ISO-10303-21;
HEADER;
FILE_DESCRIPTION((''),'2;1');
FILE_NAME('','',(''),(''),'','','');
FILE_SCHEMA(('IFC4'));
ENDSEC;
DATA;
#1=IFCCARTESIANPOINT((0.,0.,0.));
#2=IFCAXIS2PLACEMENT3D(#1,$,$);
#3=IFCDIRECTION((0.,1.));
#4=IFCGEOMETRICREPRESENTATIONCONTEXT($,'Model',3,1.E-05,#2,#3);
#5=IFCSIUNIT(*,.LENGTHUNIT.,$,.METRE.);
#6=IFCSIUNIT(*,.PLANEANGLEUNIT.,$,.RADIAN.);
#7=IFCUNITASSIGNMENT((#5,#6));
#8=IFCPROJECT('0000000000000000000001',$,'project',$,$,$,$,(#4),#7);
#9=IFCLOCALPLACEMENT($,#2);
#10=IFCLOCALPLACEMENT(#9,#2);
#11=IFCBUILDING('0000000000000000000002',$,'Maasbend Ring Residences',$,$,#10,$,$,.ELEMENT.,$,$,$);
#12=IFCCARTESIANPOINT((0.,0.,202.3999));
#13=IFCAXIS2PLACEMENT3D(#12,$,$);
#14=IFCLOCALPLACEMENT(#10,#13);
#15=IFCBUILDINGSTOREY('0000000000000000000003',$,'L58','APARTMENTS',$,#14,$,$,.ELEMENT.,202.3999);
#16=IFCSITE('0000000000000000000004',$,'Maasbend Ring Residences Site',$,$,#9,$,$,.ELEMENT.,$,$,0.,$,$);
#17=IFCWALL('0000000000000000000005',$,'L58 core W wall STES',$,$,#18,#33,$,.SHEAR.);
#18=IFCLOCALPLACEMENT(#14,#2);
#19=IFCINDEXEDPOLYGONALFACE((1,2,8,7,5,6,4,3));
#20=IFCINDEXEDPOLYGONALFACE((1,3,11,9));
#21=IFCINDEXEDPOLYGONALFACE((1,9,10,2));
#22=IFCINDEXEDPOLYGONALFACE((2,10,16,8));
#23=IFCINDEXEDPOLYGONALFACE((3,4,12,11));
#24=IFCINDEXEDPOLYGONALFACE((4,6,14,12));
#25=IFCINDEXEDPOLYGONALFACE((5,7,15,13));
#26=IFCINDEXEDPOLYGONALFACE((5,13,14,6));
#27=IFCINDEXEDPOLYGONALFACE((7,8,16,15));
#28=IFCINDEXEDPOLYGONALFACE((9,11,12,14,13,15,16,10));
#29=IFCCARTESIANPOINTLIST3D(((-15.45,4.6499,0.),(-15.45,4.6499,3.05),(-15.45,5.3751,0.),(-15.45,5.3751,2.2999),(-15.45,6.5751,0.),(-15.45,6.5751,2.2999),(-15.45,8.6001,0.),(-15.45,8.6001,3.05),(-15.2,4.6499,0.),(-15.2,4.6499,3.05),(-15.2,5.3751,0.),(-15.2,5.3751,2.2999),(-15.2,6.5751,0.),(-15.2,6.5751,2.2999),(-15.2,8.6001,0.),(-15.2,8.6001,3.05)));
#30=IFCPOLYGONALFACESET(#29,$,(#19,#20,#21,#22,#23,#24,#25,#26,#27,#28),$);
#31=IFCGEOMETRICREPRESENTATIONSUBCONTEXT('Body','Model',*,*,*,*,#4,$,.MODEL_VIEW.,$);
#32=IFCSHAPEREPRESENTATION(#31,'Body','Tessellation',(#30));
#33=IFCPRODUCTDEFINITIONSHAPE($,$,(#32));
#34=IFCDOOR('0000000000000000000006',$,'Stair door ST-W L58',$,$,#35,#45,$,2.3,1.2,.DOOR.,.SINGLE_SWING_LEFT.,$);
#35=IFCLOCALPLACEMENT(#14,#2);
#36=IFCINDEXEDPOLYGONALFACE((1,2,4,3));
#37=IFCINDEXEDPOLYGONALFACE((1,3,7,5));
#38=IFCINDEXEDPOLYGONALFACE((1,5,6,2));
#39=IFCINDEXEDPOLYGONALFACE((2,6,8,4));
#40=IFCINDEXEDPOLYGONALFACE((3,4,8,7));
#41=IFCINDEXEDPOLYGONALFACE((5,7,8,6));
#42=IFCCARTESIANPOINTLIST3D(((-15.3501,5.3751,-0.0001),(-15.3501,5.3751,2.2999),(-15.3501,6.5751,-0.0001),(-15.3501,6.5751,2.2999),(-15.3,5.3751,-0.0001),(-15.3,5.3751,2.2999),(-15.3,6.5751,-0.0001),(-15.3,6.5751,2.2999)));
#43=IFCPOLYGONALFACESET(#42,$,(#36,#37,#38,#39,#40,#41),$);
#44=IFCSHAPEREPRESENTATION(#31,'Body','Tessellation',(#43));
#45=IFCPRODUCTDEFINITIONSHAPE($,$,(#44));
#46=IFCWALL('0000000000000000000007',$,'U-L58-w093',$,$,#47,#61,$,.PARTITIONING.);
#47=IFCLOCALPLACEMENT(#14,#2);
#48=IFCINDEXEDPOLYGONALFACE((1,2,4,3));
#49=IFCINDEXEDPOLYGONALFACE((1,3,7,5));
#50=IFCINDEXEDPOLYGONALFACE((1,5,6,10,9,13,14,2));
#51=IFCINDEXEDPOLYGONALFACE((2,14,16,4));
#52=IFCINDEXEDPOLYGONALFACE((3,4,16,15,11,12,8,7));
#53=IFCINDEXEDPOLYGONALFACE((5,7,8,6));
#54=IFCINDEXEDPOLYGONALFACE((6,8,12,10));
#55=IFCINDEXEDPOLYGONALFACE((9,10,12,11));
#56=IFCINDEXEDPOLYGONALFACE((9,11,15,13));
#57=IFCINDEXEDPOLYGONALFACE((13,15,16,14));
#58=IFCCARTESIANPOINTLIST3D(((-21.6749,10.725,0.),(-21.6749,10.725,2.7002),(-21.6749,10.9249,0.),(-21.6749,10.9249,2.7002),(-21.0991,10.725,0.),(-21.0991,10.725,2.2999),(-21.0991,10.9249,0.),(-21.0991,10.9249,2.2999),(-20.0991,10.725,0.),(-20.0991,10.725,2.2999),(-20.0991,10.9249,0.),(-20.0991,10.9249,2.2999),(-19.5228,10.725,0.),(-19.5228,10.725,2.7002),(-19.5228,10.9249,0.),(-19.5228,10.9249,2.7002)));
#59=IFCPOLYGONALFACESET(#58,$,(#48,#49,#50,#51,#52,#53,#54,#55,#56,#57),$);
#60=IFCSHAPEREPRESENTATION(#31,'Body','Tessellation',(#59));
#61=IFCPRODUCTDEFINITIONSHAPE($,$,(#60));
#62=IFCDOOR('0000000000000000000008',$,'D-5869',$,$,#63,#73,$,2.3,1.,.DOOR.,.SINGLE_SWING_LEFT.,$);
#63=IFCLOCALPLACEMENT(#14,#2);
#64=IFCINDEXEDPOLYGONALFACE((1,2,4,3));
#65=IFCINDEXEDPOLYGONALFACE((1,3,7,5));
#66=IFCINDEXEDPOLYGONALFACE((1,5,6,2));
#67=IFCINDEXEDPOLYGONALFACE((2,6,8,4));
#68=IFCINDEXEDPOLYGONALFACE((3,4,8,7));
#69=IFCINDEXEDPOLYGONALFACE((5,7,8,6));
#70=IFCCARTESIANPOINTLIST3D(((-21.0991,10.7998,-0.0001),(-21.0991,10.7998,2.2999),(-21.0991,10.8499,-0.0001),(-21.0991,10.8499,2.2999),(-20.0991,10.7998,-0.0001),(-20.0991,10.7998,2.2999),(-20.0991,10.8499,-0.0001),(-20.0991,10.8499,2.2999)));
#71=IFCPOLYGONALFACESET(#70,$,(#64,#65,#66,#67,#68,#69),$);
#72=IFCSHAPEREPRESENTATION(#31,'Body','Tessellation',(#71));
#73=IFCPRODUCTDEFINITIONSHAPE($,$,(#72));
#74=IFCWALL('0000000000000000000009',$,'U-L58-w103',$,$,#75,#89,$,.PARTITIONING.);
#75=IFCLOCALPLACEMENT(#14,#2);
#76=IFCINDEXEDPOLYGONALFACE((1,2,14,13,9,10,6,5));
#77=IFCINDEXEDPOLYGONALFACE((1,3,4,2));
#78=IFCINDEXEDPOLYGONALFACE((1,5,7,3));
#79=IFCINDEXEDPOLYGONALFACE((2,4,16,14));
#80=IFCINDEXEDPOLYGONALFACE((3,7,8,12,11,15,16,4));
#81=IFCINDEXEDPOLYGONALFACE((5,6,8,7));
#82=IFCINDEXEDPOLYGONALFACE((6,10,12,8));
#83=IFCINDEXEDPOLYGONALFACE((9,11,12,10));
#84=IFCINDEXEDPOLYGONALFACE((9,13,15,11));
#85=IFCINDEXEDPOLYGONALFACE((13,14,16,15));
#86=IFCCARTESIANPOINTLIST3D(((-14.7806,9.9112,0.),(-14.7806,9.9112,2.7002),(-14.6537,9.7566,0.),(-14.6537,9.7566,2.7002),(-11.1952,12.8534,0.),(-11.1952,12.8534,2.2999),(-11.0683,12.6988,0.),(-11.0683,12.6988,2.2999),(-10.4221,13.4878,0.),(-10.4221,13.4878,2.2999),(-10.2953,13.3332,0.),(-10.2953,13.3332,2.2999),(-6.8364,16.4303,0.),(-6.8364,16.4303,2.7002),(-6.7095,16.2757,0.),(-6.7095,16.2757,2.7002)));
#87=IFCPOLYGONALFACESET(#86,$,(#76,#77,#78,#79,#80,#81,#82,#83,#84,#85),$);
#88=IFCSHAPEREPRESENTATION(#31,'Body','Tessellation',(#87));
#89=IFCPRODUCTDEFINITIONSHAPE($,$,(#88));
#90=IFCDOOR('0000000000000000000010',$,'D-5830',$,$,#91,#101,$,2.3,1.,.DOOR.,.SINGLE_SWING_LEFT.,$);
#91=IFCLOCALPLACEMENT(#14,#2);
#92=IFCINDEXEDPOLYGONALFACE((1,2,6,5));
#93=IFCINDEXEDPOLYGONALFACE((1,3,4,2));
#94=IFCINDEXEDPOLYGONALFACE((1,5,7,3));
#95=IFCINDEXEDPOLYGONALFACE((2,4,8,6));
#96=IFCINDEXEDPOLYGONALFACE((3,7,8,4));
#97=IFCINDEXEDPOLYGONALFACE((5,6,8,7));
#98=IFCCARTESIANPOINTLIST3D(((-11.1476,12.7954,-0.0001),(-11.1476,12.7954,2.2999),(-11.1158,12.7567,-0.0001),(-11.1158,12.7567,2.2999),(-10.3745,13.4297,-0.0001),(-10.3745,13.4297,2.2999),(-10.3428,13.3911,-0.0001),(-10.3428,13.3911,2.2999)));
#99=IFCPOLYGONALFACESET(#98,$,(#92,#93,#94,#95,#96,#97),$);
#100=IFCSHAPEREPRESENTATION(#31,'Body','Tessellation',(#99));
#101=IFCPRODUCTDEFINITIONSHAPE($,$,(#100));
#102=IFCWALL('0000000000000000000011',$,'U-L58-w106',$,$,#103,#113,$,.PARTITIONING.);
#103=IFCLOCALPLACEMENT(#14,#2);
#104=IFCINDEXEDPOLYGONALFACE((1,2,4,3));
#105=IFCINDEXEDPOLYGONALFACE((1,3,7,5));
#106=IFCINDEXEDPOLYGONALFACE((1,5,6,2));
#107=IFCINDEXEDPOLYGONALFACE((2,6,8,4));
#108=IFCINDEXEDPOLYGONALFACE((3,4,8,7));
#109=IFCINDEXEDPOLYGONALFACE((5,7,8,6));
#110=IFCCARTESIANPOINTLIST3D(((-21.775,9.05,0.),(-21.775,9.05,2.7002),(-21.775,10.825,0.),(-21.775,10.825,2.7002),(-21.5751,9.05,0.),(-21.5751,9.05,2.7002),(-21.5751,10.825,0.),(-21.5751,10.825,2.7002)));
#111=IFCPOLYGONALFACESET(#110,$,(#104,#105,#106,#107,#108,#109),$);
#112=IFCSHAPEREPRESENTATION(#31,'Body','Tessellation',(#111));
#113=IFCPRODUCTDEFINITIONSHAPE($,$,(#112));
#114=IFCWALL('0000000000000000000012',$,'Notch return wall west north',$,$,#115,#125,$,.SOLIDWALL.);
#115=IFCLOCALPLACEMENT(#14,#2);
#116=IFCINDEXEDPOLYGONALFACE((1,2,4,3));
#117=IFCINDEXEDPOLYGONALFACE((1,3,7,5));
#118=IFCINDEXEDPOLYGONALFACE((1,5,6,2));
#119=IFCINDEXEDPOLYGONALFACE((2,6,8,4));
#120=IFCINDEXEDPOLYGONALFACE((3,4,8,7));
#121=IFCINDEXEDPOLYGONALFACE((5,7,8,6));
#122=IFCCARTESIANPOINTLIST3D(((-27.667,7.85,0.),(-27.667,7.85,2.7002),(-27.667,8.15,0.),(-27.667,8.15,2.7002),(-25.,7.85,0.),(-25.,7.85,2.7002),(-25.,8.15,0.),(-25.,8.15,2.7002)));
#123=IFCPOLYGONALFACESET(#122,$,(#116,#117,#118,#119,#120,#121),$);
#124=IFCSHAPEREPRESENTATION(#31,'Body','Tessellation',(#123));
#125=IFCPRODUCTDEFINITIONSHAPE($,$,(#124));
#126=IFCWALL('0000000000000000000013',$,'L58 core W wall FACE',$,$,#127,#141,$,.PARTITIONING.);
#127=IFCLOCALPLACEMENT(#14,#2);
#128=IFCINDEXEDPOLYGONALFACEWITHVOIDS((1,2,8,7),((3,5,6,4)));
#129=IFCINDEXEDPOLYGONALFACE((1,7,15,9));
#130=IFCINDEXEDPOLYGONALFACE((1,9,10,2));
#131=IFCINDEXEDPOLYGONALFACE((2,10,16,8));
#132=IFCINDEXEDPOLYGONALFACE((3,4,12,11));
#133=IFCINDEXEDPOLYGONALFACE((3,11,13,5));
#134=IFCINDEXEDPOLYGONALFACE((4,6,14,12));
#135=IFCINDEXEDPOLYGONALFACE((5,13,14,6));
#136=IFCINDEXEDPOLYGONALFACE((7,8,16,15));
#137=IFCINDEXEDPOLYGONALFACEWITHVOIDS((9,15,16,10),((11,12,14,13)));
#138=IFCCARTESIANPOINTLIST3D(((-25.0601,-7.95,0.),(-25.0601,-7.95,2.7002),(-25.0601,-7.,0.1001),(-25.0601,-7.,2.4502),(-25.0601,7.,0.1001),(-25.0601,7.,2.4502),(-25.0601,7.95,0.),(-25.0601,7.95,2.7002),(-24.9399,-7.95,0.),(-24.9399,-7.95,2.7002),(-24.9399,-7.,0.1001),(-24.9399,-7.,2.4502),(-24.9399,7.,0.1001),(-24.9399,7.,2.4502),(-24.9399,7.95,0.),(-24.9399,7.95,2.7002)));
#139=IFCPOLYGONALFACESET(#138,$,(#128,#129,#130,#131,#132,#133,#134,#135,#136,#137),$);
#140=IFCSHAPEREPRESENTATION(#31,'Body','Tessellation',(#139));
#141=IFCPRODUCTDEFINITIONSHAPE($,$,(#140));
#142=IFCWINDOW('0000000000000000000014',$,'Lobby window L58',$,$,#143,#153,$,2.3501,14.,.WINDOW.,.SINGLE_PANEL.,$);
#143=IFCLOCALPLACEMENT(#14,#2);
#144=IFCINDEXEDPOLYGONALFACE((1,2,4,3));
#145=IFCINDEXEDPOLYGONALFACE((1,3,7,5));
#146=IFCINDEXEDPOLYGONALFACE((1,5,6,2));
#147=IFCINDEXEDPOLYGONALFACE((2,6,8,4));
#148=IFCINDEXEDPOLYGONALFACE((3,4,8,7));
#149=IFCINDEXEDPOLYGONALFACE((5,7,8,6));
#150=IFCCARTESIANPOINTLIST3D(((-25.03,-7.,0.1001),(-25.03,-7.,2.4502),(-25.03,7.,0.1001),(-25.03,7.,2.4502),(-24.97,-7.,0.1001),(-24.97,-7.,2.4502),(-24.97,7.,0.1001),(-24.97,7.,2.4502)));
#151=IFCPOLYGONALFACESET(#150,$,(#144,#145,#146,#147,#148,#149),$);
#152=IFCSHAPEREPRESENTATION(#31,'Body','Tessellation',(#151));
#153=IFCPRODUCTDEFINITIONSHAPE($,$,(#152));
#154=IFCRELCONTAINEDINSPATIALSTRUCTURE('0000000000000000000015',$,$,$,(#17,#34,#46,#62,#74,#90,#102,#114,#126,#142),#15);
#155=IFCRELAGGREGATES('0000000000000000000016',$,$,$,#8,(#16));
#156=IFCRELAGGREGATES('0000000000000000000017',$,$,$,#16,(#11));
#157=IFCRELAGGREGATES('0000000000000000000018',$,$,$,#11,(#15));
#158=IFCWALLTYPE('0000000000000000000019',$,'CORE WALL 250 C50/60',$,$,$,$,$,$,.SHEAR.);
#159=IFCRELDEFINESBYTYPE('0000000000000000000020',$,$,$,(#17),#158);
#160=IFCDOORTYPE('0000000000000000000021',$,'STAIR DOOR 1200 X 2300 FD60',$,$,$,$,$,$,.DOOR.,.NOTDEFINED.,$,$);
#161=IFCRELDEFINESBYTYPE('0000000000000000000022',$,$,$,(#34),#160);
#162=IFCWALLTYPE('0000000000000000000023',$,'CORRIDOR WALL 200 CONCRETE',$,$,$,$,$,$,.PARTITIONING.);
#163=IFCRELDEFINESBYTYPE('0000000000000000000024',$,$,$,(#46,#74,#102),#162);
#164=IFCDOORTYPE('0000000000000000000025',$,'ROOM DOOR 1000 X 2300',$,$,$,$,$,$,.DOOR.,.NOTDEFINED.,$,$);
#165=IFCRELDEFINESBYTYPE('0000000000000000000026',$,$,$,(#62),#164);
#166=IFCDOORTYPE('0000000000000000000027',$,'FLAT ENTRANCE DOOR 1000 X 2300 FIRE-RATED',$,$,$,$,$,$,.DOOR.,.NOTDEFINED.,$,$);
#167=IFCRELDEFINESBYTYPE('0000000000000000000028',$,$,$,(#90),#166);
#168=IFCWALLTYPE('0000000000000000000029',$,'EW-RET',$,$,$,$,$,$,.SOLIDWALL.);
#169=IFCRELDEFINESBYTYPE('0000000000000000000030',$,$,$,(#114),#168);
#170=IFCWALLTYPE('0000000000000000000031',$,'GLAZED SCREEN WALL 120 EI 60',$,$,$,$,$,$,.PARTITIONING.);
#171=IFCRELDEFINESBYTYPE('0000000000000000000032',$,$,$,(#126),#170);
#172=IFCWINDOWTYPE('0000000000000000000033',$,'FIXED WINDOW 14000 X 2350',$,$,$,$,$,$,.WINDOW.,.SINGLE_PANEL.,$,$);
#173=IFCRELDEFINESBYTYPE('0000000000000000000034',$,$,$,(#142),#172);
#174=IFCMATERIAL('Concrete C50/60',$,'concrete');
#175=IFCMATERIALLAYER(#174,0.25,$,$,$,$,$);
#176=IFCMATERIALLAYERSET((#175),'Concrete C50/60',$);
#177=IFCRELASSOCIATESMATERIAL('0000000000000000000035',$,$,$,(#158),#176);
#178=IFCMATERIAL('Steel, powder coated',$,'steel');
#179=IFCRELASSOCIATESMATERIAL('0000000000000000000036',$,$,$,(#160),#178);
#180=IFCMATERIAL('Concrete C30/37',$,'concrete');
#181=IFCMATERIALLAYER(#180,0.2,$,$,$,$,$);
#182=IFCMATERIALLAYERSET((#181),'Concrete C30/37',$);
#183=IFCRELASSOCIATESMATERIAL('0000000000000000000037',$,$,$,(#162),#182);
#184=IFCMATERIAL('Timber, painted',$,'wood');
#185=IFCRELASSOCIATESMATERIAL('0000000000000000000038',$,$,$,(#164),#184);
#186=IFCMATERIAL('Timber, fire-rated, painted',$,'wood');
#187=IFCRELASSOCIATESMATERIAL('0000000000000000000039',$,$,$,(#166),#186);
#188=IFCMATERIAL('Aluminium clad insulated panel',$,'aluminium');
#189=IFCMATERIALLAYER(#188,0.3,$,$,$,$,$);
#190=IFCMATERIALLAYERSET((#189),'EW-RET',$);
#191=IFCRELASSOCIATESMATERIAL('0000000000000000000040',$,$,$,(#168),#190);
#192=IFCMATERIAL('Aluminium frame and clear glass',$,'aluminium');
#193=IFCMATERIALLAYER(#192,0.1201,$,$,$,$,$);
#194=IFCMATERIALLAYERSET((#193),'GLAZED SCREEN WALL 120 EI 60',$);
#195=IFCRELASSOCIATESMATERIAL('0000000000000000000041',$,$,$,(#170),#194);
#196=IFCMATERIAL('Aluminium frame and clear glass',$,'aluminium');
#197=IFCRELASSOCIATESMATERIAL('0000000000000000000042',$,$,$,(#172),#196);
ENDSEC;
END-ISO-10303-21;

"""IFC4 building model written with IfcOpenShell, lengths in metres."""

from ifc_helpers import new_model, si_unit, direction, frame, frame_2d, origin, place, context, subcontext, project, spatial, rectangle, extrude, material, layer, layer_set, type_object, element, fill, save


model = new_model("IFC4")

# Units and contexts
model_context = context("Model", 3, precision=1e-05, world=origin(), true_north=direction((0.0, 1.0)))
body_context = subcontext(model_context, "Body", "Model", "MODEL_VIEW")
ifc_project = project(units=[si_unit("LENGTHUNIT", "METRE"), si_unit("PLANEANGLEUNIT", "RADIAN")], contexts=[model_context])

# Site, building, storey
site_placement = place(None, origin())
site = spatial("IfcSite", under=ifc_project, at=site_placement, Name="Maasbend Ring Residences Site", CompositionType="ELEMENT", RefElevation=0.0)
building_placement = place(site_placement, origin())
building = spatial("IfcBuilding", under=site, at=building_placement, Name="Maasbend Ring Residences", CompositionType="ELEMENT")
storey_placement = place(building_placement, frame((0.0, 0.0, 202.3999)))
storey = spatial("IfcBuildingStorey", under=building, at=storey_placement, Name="L58", Description="APARTMENTS", CompositionType="ELEMENT", Elevation=202.3999)

# Walls, openings, doors
ifc_material_1 = material(Name="Concrete C50/60", Category="concrete")
ifc_layer_1 = layer(ifc_material_1, 0.25)
ifc_layer_set_1 = layer_set([ifc_layer_1], Name="Concrete C50/60")
wall_type_1 = type_object("IfcWallType", Name="CORE WALL 250 C50/60", PredefinedType="SHEAR", material=ifc_layer_set_1)
wall_1_placement = place(storey_placement, frame((-15.325, 8.6001, 0.0), z_axis=(0.0, 0.0, 1.0), x_axis=(0.0, -1.0, 0.0)))
wall_1 = element("IfcWall", 1, at=wall_1_placement, inside=storey, type_object=wall_type_1, Name="L58 core W wall STES", PredefinedType="SHEAR", context=body_context, shape_type="SweptSolid", body=[
    extrude(rectangle(XDim=3.9502, YDim=0.25, at=frame_2d((1.9751, 0.0))), origin(), (0.0, 0.0, 1.0), 3.05),
])
opening_1_placement = place(wall_1_placement, frame((2.0249, 0.0, 0.0)))
opening_1 = element("IfcOpeningElement", 2, at=opening_1_placement, cuts=wall_1, PredefinedType="OPENING", context=body_context, shape_type="SweptSolid", body=[
    extrude(rectangle(XDim=1.2, YDim=2.3, at=frame_2d((0.6001, 1.1499))), frame((0.0, 0.135, 0.0), z_axis=(0.0, -1.0, 0.0), x_axis=(1.0, 0.0, 0.0)), (0.0, 0.0, 1.0), 0.27),
])
ifc_material_2 = material(Name="Steel, powder coated", Category="steel")
door_type_1 = type_object("IfcDoorType", Name="STAIR DOOR 1200 X 2300 FD60", OperationType="NOTDEFINED", PredefinedType="DOOR", material=ifc_material_2)
door_1_placement = place(opening_1_placement, origin())
door_1 = element("IfcDoor", 3, at=door_1_placement, inside=storey, type_object=door_type_1, Name="Stair door ST-W L58", OperationType="SINGLE_SWING_LEFT", OverallHeight=2.3, OverallWidth=1.2, PredefinedType="DOOR", context=body_context, shape_type="SweptSolid", body=[
    extrude(rectangle(XDim=1.2, YDim=2.3, at=frame_2d((0.6001, 1.1499))), frame((0.0, 0.0249, 0.0), z_axis=(0.0, -1.0, 0.0), x_axis=(1.0, 0.0, 0.0)), (0.0, 0.0, 1.0), 0.05),
])
fill(opening_1, door_1)
ifc_material_3 = material(Name="Concrete C30/37", Category="concrete")
ifc_layer_2 = layer(ifc_material_3, 0.2)
ifc_layer_set_2 = layer_set([ifc_layer_2], Name="Concrete C30/37")
wall_type_2 = type_object("IfcWallType", Name="CORRIDOR WALL 200 CONCRETE", PredefinedType="PARTITIONING", material=ifc_layer_set_2)
wall_2_placement = place(storey_placement, frame((-21.675, 10.825, 0.0), z_axis=(0.0, 0.0, 1.0), x_axis=(1.0, 0.0, 0.0)))
wall_2 = element("IfcWall", 4, at=wall_2_placement, inside=storey, type_object=wall_type_2, Name="U-L58-w093", PredefinedType="PARTITIONING", context=body_context, shape_type="SweptSolid", body=[
    extrude(rectangle(XDim=2.1521, YDim=0.2, at=frame_2d((1.0762, 0.0))), origin(), (0.0, 0.0, 1.0), 2.7002),
])
opening_2_placement = place(wall_2_placement, frame((0.5759, 0.0, 0.0)))
opening_2 = element("IfcOpeningElement", 5, at=opening_2_placement, cuts=wall_2, PredefinedType="OPENING", context=body_context, shape_type="SweptSolid", body=[
    extrude(rectangle(XDim=1.0, YDim=2.3, at=frame_2d((0.5, 1.1499))), frame((0.0, 0.1099, 0.0), z_axis=(0.0, -1.0, 0.0), x_axis=(1.0, 0.0, 0.0)), (0.0, 0.0, 1.0), 0.22),
])
ifc_material_4 = material(Name="Timber, painted", Category="wood")
door_type_2 = type_object("IfcDoorType", Name="ROOM DOOR 1000 X 2300", OperationType="NOTDEFINED", PredefinedType="DOOR", material=ifc_material_4)
door_2_placement = place(opening_2_placement, origin())
door_2 = element("IfcDoor", 6, at=door_2_placement, inside=storey, type_object=door_type_2, Name="D-5869", OperationType="SINGLE_SWING_LEFT", OverallHeight=2.3, OverallWidth=1.0, PredefinedType="DOOR", context=body_context, shape_type="SweptSolid", body=[
    extrude(rectangle(XDim=1.0, YDim=2.3, at=frame_2d((0.5, 1.1499))), frame((0.0, 0.0249, 0.0), z_axis=(0.0, -1.0, 0.0), x_axis=(1.0, 0.0, 0.0)), (0.0, 0.0, 1.0), 0.05),
])
fill(opening_2, door_2)
wall_3_placement = place(storey_placement, frame((-14.717, 9.834, 0.0), z_axis=(0.0, 0.0, 1.0), x_axis=(0.773035, 0.634364, 0.0)))
wall_3 = element("IfcWall", 7, at=wall_3_placement, inside=storey, type_object=wall_type_2, Name="U-L58-w103", PredefinedType="PARTITIONING", context=body_context, shape_type="SweptSolid", body=[
    extrude(rectangle(XDim=10.2766, YDim=0.2, at=frame_2d((5.1382, 0.0))), origin(), (0.0, 0.0, 1.0), 2.7002),
])
opening_3_placement = place(wall_3_placement, frame((4.6379, 0.0, 0.0)))
opening_3 = element("IfcOpeningElement", 8, at=opening_3_placement, cuts=wall_3, PredefinedType="OPENING", context=body_context, shape_type="SweptSolid", body=[
    extrude(rectangle(XDim=1.0, YDim=2.3, at=frame_2d((0.5, 1.1499))), frame((0.0, 0.1099, 0.0), z_axis=(0.0, -1.0, 0.0), x_axis=(1.0, 0.0, 0.0)), (0.0, 0.0, 1.0), 0.22),
])
ifc_material_5 = material(Name="Timber, fire-rated, painted", Category="wood")
door_type_3 = type_object("IfcDoorType", Name="FLAT ENTRANCE DOOR 1000 X 2300 FIRE-RATED", OperationType="NOTDEFINED", PredefinedType="DOOR", material=ifc_material_5)
door_3_placement = place(opening_3_placement, origin())
door_3 = element("IfcDoor", 9, at=door_3_placement, inside=storey, type_object=door_type_3, Name="D-5830", OperationType="SINGLE_SWING_LEFT", OverallHeight=2.3, OverallWidth=1.0, PredefinedType="DOOR", context=body_context, shape_type="SweptSolid", body=[
    extrude(rectangle(XDim=1.0, YDim=2.3, at=frame_2d((0.5, 1.1499))), frame((0.0, 0.0249, 0.0), z_axis=(0.0, -1.0, 0.0), x_axis=(1.0, 0.0, 0.0)), (0.0, 0.0, 1.0), 0.05),
])
fill(opening_3, door_3)

# Walls
wall_4_placement = place(storey_placement, frame((-21.675, 9.05, 0.0), z_axis=(0.0, 0.0, 1.0), x_axis=(0.0, 1.0, 0.0)))
element("IfcWall", 10, at=wall_4_placement, inside=storey, type_object=wall_type_2, Name="U-L58-w106", PredefinedType="PARTITIONING", context=body_context, shape_type="SweptSolid", body=[
    extrude(rectangle(XDim=1.7749, YDim=0.2, at=frame_2d((0.8875, 0.0))), origin(), (0.0, 0.0, 1.0), 2.7002),
])
ifc_material_6 = material(Name="Aluminium clad insulated panel", Category="aluminium")
ifc_layer_3 = layer(ifc_material_6, 0.3)
ifc_layer_set_3 = layer_set([ifc_layer_3], Name="EW-RET")
wall_type_3 = type_object("IfcWallType", Name="EW-RET", PredefinedType="SOLIDWALL", material=ifc_layer_set_3)
wall_5_placement = place(storey_placement, frame((-25.0, 8.0, 0.0), z_axis=(0.0, 0.0, 1.0), x_axis=(-1.0, 0.0, 0.0)))
element("IfcWall", 11, at=wall_5_placement, inside=storey, type_object=wall_type_3, Name="Notch return wall west north", PredefinedType="SOLIDWALL", context=body_context, shape_type="SweptSolid", body=[
    extrude(rectangle(XDim=2.667, YDim=0.3, at=frame_2d((1.3335, 0.0))), origin(), (0.0, 0.0, 1.0), 2.7002),
])

# Wall, opening, window
ifc_material_7 = material(Name="Aluminium frame and clear glass", Category="aluminium")
ifc_layer_4 = layer(ifc_material_7, 0.1201)
ifc_layer_set_4 = layer_set([ifc_layer_4], Name="GLAZED SCREEN WALL 120 EI 60")
wall_type_4 = type_object("IfcWallType", Name="GLAZED SCREEN WALL 120 EI 60", PredefinedType="PARTITIONING", material=ifc_layer_set_4)
wall_6_placement = place(storey_placement, frame((-25.0, 7.95, 0.0), z_axis=(0.0, 0.0, 1.0), x_axis=(0.0, -1.0, 0.0)))
wall_6 = element("IfcWall", 12, at=wall_6_placement, inside=storey, type_object=wall_type_4, Name="L58 core W wall FACE", PredefinedType="PARTITIONING", context=body_context, shape_type="SweptSolid", body=[
    extrude(rectangle(XDim=15.8999, YDim=0.1201, at=frame_2d((7.95, 0.0))), origin(), (0.0, 0.0, 1.0), 2.7002),
])
opening_4_placement = place(wall_6_placement, frame((0.95, 0.0, 0.1001)))
opening_4 = element("IfcOpeningElement", 13, at=opening_4_placement, cuts=wall_6, PredefinedType="OPENING", context=body_context, shape_type="SweptSolid", body=[
    extrude(rectangle(XDim=14.0, YDim=2.3501, at=frame_2d((7.0, 1.175))), frame((0.0, 0.0701, 0.0), z_axis=(0.0, -1.0, 0.0), x_axis=(1.0, 0.0, 0.0)), (0.0, 0.0, 1.0), 0.1401),
])
ifc_material_8 = material(Name="Aluminium frame and clear glass", Category="aluminium")
window_type = type_object("IfcWindowType", Name="FIXED WINDOW 14000 X 2350", PartitioningType="SINGLE_PANEL", PredefinedType="WINDOW", material=ifc_material_8)
window_placement = place(opening_4_placement, origin())
window = element("IfcWindow", 14, at=window_placement, inside=storey, type_object=window_type, Name="Lobby window L58", OverallHeight=2.3501, OverallWidth=14.0, PartitioningType="SINGLE_PANEL", PredefinedType="WINDOW", context=body_context, shape_type="SweptSolid", body=[
    extrude(rectangle(XDim=14.0, YDim=2.3501, at=frame_2d((7.0, 1.175))), frame((0.0, 0.03, 0.0), z_axis=(0.0, -1.0, 0.0), x_axis=(1.0, 0.0, 0.0)), (0.0, 0.0, 1.0), 0.0601),
])
fill(opening_4, window)

save(model, "model.ifc")
